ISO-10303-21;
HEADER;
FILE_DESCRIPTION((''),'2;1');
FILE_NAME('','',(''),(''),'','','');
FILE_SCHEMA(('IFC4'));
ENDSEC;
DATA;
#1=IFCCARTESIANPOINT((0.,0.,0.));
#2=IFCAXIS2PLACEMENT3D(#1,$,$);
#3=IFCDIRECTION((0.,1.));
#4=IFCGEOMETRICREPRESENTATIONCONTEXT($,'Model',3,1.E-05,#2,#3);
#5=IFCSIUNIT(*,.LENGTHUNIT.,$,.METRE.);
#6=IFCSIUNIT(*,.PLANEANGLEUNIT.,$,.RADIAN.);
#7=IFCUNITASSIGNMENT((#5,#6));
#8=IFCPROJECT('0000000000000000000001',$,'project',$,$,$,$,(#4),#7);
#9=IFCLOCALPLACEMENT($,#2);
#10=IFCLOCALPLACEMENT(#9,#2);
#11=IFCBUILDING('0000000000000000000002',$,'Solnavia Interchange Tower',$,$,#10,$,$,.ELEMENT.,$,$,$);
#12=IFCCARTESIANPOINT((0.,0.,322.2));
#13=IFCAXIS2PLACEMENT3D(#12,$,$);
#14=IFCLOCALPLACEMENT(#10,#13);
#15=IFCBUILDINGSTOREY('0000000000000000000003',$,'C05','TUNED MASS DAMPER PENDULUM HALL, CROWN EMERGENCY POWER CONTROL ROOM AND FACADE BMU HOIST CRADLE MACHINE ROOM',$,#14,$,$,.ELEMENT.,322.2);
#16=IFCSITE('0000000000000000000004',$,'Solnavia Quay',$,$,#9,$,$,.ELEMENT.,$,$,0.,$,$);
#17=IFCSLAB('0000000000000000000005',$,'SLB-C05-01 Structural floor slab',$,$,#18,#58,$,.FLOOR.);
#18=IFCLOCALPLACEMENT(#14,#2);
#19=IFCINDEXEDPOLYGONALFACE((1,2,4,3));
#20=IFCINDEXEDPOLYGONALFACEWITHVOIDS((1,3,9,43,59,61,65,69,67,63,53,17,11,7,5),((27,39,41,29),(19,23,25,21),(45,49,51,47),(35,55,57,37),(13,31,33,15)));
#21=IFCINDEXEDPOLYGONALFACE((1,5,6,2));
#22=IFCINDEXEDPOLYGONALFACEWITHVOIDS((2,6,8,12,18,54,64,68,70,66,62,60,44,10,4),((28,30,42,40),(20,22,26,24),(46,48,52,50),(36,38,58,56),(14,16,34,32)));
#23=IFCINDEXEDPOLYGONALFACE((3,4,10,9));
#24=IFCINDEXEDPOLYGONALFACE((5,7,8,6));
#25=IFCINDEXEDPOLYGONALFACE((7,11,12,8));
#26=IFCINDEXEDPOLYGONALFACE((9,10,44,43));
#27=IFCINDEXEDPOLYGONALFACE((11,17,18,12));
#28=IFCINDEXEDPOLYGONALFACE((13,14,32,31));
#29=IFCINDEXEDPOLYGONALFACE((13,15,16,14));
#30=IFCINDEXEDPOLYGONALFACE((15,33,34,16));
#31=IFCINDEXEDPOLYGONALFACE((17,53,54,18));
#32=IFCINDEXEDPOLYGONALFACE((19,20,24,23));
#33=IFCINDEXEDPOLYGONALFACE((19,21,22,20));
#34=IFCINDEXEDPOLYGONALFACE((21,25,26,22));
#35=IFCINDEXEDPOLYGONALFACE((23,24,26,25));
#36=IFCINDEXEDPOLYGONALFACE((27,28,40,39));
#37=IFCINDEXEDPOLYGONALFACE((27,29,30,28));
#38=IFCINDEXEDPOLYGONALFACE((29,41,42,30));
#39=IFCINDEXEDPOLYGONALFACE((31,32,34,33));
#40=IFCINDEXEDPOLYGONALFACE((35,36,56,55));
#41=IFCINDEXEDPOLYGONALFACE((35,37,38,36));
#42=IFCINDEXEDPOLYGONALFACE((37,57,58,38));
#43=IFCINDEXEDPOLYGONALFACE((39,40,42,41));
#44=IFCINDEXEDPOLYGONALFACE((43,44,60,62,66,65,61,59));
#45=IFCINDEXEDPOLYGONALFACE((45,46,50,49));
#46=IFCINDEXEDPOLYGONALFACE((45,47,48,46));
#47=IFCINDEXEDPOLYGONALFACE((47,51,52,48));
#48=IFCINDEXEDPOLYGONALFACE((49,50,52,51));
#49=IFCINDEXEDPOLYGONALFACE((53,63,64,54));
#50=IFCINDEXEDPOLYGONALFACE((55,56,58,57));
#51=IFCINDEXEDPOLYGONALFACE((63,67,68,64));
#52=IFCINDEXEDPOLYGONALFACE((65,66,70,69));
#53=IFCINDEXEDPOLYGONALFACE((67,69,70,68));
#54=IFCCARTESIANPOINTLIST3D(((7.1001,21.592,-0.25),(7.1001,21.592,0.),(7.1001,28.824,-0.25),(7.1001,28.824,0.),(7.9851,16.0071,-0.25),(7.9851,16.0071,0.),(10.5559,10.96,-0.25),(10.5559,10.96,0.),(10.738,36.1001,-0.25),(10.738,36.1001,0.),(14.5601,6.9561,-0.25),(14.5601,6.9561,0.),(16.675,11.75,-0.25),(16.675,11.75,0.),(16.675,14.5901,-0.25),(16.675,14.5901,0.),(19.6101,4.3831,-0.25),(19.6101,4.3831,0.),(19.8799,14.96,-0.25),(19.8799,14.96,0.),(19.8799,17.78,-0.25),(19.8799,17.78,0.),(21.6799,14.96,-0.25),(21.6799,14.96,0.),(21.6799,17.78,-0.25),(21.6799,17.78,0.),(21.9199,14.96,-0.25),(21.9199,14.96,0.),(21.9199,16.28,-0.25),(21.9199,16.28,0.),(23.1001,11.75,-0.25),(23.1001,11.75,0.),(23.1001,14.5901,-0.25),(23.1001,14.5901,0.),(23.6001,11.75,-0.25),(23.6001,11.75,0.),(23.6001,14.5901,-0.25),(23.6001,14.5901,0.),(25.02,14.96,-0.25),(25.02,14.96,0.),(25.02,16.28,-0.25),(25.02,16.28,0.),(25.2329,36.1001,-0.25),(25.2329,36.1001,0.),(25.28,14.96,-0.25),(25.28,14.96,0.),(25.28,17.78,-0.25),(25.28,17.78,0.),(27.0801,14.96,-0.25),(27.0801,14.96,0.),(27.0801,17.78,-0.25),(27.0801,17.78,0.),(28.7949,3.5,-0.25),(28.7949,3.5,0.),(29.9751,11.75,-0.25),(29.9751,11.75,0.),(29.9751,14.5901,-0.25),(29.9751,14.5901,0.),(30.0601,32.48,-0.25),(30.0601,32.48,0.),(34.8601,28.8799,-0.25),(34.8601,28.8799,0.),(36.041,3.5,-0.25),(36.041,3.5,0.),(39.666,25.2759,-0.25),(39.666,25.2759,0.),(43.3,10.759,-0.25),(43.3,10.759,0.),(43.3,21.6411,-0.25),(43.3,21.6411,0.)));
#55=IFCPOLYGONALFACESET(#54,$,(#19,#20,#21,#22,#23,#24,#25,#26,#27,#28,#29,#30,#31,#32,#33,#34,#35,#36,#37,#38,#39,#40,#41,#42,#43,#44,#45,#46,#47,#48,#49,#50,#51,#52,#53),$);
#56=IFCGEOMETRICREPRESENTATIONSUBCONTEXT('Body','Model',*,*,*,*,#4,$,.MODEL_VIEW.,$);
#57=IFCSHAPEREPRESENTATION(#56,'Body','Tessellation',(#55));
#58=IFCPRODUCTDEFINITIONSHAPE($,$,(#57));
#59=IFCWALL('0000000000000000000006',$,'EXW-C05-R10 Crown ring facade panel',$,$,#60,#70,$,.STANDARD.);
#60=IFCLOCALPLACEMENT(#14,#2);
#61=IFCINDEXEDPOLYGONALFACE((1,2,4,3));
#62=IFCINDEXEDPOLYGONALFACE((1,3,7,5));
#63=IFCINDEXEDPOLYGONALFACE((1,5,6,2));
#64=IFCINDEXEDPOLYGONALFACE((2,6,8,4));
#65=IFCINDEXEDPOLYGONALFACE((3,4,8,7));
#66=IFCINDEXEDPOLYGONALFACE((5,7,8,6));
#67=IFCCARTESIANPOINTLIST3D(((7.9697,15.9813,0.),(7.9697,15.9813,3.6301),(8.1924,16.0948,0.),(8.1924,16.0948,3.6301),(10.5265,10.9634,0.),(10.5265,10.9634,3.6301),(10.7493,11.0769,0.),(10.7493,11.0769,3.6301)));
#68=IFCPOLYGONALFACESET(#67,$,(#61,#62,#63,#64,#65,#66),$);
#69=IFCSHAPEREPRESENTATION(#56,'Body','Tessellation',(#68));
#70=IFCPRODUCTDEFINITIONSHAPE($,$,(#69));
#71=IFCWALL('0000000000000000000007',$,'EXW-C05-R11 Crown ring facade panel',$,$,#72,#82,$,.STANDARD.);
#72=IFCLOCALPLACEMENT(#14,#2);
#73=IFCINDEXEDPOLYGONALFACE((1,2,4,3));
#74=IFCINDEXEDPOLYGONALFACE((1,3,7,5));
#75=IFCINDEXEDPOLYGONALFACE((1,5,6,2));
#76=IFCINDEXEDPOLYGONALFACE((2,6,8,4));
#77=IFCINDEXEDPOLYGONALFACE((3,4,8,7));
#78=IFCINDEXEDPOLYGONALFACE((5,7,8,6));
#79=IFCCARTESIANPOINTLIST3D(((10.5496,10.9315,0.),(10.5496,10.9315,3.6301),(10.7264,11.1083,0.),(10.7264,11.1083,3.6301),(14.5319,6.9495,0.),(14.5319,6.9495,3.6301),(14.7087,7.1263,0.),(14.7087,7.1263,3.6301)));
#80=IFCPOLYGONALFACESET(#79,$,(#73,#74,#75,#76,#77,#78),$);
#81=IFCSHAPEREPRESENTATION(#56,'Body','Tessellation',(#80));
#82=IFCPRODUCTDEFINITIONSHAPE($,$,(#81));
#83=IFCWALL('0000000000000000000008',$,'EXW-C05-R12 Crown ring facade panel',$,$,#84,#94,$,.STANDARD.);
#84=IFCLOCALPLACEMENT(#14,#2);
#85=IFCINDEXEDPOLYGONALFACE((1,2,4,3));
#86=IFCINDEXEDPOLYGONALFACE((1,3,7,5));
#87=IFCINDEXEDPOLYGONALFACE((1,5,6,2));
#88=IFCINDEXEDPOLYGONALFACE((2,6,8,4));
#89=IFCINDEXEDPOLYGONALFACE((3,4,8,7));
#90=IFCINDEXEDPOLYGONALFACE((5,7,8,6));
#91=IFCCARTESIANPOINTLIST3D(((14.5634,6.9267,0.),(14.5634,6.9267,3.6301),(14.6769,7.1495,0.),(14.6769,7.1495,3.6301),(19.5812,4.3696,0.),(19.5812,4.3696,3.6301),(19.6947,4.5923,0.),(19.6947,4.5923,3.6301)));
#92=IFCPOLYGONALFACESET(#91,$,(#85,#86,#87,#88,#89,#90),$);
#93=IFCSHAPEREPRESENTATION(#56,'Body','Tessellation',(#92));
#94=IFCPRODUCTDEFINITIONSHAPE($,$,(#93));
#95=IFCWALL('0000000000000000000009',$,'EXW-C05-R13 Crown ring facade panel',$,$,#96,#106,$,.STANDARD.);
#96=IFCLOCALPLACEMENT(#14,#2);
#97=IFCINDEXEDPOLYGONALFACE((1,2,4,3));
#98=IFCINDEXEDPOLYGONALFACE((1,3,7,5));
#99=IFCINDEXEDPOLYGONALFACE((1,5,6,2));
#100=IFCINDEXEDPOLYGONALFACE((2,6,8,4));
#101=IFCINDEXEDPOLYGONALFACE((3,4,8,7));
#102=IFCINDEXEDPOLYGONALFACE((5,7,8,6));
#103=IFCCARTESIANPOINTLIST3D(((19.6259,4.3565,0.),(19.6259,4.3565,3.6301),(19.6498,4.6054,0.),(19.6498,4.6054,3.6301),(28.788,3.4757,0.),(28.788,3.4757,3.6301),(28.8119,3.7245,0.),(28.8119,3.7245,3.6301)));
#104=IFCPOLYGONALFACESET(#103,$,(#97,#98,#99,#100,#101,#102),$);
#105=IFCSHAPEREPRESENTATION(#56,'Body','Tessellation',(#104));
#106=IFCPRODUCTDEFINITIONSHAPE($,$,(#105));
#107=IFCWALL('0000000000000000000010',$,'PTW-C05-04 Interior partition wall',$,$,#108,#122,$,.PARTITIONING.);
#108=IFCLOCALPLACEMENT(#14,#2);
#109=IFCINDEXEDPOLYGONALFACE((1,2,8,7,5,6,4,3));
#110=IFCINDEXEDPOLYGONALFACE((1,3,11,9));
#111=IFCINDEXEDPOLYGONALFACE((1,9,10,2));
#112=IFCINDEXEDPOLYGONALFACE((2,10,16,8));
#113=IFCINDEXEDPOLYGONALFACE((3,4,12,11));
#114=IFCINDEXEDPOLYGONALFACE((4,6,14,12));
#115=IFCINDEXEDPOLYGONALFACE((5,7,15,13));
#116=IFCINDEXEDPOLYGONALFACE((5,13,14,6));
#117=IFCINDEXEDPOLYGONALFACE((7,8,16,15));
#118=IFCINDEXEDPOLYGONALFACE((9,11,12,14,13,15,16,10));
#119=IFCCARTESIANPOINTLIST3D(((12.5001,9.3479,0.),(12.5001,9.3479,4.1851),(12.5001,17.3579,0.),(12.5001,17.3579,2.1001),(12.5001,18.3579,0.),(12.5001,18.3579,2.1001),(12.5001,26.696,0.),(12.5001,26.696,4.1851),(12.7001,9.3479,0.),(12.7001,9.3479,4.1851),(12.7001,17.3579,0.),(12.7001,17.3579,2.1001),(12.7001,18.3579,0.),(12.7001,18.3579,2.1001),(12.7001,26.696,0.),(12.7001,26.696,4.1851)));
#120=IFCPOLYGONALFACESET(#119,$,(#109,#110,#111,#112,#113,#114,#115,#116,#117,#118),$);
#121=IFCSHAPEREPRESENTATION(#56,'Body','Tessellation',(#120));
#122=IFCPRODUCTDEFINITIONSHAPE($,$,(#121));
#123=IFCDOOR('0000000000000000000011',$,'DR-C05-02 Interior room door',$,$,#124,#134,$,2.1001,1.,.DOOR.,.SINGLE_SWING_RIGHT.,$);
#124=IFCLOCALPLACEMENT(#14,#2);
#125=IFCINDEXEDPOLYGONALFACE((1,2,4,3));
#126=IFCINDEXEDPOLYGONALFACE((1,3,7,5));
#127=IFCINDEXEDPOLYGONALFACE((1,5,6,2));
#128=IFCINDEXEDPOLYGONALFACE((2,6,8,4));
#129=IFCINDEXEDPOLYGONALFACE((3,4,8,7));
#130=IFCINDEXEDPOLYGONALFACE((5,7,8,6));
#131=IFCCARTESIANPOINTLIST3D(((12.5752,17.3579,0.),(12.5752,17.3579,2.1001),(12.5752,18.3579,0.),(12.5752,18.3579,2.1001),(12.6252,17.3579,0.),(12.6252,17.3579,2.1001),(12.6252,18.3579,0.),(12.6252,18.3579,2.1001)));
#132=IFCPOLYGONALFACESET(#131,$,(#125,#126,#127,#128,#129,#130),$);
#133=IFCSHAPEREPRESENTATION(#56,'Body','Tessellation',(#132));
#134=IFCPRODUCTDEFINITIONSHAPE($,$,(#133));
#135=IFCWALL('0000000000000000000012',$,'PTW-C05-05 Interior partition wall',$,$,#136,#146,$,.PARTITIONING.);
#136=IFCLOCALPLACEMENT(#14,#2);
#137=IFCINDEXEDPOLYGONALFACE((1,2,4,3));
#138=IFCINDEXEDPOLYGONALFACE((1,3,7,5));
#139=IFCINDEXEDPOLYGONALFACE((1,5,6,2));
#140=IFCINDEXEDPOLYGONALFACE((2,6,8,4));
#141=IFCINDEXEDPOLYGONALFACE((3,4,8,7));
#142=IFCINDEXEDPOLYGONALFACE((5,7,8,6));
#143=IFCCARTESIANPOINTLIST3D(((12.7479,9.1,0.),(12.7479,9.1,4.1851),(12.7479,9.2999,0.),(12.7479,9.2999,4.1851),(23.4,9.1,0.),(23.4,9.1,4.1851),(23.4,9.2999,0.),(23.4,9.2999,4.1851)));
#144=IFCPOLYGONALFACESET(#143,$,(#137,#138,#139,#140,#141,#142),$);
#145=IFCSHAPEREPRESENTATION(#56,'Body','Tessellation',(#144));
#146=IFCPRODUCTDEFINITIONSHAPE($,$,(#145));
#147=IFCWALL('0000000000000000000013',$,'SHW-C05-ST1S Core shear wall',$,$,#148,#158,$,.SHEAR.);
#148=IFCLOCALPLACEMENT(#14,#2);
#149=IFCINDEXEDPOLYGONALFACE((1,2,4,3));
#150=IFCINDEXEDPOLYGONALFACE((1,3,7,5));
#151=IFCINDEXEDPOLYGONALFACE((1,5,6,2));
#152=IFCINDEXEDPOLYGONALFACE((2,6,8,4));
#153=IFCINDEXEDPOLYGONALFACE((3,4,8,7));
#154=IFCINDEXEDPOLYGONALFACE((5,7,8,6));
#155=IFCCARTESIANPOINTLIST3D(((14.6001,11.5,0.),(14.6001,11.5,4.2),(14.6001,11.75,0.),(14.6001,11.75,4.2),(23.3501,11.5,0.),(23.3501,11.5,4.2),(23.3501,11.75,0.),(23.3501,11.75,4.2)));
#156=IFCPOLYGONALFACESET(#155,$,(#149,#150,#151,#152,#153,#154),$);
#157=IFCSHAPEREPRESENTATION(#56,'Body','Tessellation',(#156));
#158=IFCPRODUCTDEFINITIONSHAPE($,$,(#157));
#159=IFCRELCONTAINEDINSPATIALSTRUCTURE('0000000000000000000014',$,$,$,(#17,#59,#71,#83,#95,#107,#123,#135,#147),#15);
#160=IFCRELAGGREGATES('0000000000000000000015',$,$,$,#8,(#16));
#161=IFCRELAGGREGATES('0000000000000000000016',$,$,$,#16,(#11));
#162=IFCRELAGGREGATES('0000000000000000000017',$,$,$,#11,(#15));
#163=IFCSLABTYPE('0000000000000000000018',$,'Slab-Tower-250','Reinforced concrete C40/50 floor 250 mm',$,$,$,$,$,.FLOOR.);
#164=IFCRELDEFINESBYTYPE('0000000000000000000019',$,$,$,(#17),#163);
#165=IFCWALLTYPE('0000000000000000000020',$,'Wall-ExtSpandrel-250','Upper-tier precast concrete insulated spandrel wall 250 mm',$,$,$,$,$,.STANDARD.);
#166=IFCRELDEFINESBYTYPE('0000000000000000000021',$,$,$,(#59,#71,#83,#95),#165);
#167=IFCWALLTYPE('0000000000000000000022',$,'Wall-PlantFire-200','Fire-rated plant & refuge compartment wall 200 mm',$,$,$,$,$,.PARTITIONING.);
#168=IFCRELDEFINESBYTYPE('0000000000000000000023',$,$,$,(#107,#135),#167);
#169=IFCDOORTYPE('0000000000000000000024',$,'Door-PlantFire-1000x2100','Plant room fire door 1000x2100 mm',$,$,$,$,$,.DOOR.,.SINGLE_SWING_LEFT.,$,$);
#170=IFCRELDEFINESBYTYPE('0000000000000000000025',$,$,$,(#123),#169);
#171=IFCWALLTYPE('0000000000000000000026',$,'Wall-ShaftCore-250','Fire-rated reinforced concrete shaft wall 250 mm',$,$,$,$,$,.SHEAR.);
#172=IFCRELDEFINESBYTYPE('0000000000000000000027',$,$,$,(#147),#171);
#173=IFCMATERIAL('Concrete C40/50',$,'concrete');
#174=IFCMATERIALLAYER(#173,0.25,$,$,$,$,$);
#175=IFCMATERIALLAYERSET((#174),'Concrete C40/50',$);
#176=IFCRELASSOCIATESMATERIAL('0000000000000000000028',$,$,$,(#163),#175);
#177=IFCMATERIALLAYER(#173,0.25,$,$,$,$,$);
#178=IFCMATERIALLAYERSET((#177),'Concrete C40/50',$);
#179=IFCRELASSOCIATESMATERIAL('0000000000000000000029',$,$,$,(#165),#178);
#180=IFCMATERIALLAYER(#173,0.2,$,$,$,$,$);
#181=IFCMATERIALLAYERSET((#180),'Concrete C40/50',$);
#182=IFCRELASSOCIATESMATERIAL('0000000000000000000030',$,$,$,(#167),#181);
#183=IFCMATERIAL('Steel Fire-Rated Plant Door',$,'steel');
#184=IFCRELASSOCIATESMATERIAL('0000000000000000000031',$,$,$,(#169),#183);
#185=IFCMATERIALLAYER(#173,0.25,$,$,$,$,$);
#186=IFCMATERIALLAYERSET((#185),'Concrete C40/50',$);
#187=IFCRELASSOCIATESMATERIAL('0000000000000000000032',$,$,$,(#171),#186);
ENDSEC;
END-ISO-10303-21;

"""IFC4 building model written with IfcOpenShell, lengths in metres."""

from ifc_helpers import new_model, si_unit, direction, frame, frame_2d, origin, place, context, subcontext, project, spatial, polyline, rectangle, outline, extrude, material, layer, layer_set, type_object, element, fill, save


model = new_model("IFC4")

# Units and contexts
model_context = context("Model", 3, precision=1e-05, world=origin(), true_north=direction((0.0, 1.0)))
body_context = subcontext(model_context, "Body", "Model", "MODEL_VIEW")
ifc_project = project(units=[si_unit("LENGTHUNIT", "METRE"), si_unit("PLANEANGLEUNIT", "RADIAN")], contexts=[model_context])

# Site, building, storey
site_placement = place(None, origin())
site = spatial("IfcSite", under=ifc_project, at=site_placement, Name="Solnavia Quay", CompositionType="ELEMENT", RefElevation=0.0)
building_placement = place(site_placement, origin())
building = spatial("IfcBuilding", under=site, at=building_placement, Name="Solnavia Interchange Tower", CompositionType="ELEMENT")
storey_placement = place(building_placement, frame((0.0, 0.0, 322.2)))
storey = spatial("IfcBuildingStorey", under=building, at=storey_placement, Name="C05", Description="TUNED MASS DAMPER PENDULUM HALL, CROWN EMERGENCY POWER CONTROL ROOM AND FACADE BMU HOIST CRADLE MACHINE ROOM", CompositionType="ELEMENT", Elevation=322.2)

# Slab
ifc_material_1 = material(Name="Concrete C40/50", Category="concrete")
ifc_layer_1 = layer(ifc_material_1, 0.25)
ifc_layer_set_1 = layer_set([ifc_layer_1], Name="Concrete C40/50")
slab_type = type_object("IfcSlabType", Name="Slab-Tower-250", Description="Reinforced concrete C40/50 floor 250 mm", PredefinedType="FLOOR", material=ifc_layer_set_1)
slab_placement = place(storey_placement, frame((0.0, 0.0, -0.25)))
element("IfcSlab", 1, at=slab_placement, inside=storey, type_object=slab_type, Name="SLB-C05-01 Structural floor slab", PredefinedType="FLOOR", context=body_context, shape_type="SweptSolid", body=[
    extrude(outline(polyline([(43.3, 21.6411), (43.3, 10.759), (36.041, 3.5), (28.7949, 3.5), (19.6101, 4.3831), (14.5601, 6.9561), (10.5559, 10.96), (7.9851, 16.0071), (7.1001, 21.592), (7.1001, 28.824), (10.738, 36.1001), (25.2329, 36.1001), (30.0601, 32.48), (34.8601, 28.8799), (39.666, 25.2759), (43.3, 21.6411)]), holes=[polyline([(16.675, 11.75), (23.1001, 11.75), (23.1001, 14.5901), (16.675, 14.5901), (16.675, 11.75)]), polyline([(23.6001, 11.75), (29.9751, 11.75), (29.9751, 14.5901), (23.6001, 14.5901), (23.6001, 11.75)]), polyline([(19.8799, 14.96), (21.6799, 14.96), (21.6799, 17.78), (19.8799, 17.78), (19.8799, 14.96)]), polyline([(25.28, 14.96), (27.0801, 14.96), (27.0801, 17.78), (25.28, 17.78), (25.28, 14.96)]), polyline([(21.9199, 14.96), (25.02, 14.96), (25.02, 16.28), (21.9199, 16.28), (21.9199, 14.96)])]), origin(), (0.0, 0.0, 1.0), 0.25),
])

# Walls
ifc_layer_2 = layer(ifc_material_1, 0.25)
ifc_layer_set_2 = layer_set([ifc_layer_2], Name="Concrete C40/50")
wall_type_1 = type_object("IfcWallType", Name="Wall-ExtSpandrel-250", Description="Upper-tier precast concrete insulated spandrel wall 250 mm", PredefinedType="STANDARD", material=ifc_layer_set_2)
wall_1_placement = place(storey_placement, frame((8.0811, 16.0381, 0.0), z_axis=(0.0, 0.0, 1.0), x_axis=(0.453998, -0.891003, 0.0)))
element("IfcWall", 2, at=wall_1_placement, inside=storey, type_object=wall_type_1, Name="EXW-C05-R10 Crown ring facade panel", PredefinedType="STANDARD", context=body_context, shape_type="SweptSolid", body=[
    extrude(rectangle(XDim=5.6318, YDim=0.25, at=frame_2d((2.8159, 0.0))), origin(), (0.0, 0.0, 1.0), 3.6301),
])
wall_2_placement = place(storey_placement, frame((10.6379, 11.02, 0.0), z_axis=(0.0, 0.0, 1.0), x_axis=(0.707128, -0.707085, 0.0)))
element("IfcWall", 3, at=wall_2_placement, inside=storey, type_object=wall_type_1, Name="EXW-C05-R11 Crown ring facade panel", PredefinedType="STANDARD", context=body_context, shape_type="SweptSolid", body=[
    extrude(rectangle(XDim=5.6316, YDim=0.25, at=frame_2d((2.8159, 0.0))), origin(), (0.0, 0.0, 1.0), 3.6301),
])
wall_3_placement = place(storey_placement, frame((14.6201, 7.0381, 0.0), z_axis=(0.0, 0.0, 1.0), x_axis=(0.890976, -0.45405, 0.0)))
element("IfcWall", 4, at=wall_3_placement, inside=storey, type_object=wall_type_1, Name="EXW-C05-R12 Crown ring facade panel", PredefinedType="STANDARD", context=body_context, shape_type="SweptSolid", body=[
    extrude(rectangle(XDim=5.6318, YDim=0.25, at=frame_2d((2.8159, 0.0))), origin(), (0.0, 0.0, 1.0), 3.6301),
])
wall_4_placement = place(storey_placement, frame((19.6379, 4.481, 0.0), z_axis=(0.0, 0.0, 1.0), x_axis=(0.99541, -0.0957, 0.0)))
element("IfcWall", 5, at=wall_4_placement, inside=storey, type_object=wall_type_1, Name="EXW-C05-R13 Crown ring facade panel", PredefinedType="STANDARD", context=body_context, shape_type="SweptSolid", body=[
    extrude(rectangle(XDim=9.2043, YDim=0.25, at=frame_2d((4.6021, 0.0))), origin(), (0.0, 0.0, 1.0), 3.6301),
])

# Wall, opening, door
ifc_layer_3 = layer(ifc_material_1, 0.2)
ifc_layer_set_3 = layer_set([ifc_layer_3], Name="Concrete C40/50")
wall_type_2 = type_object("IfcWallType", Name="Wall-PlantFire-200", Description="Fire-rated plant & refuge compartment wall 200 mm", PredefinedType="PARTITIONING", material=ifc_layer_set_3)
wall_5_placement = place(storey_placement, frame((12.6001, 9.3479, 0.0), z_axis=(0.0, 0.0, 1.0), x_axis=(0.0, 1.0, 0.0)))
wall_5 = element("IfcWall", 6, at=wall_5_placement, inside=storey, type_object=wall_type_2, Name="PTW-C05-04 Interior partition wall", PredefinedType="PARTITIONING", context=body_context, shape_type="SweptSolid", body=[
    extrude(rectangle(XDim=17.3481, YDim=0.2, at=frame_2d((8.6741, 0.0))), origin(), (0.0, 0.0, 1.0), 4.1851),
])
opening_1_placement = place(wall_5_placement, frame((8.01, 0.0, 0.0)))
opening_1 = element("IfcOpeningElement", 7, at=opening_1_placement, cuts=wall_5, PredefinedType="OPENING", context=body_context, shape_type="SweptSolid", body=[
    extrude(rectangle(XDim=1.0, YDim=2.1001, at=frame_2d((0.5, 1.05))), frame((0.0, 0.1099, 0.0), z_axis=(0.0, -1.0, 0.0), x_axis=(1.0, 0.0, 0.0)), (0.0, 0.0, 1.0), 0.22),
])
ifc_material_2 = material(Name="Steel Fire-Rated Plant Door", Category="steel")
door_type_1 = type_object("IfcDoorType", Name="Door-PlantFire-1000x2100", Description="Plant room fire door 1000x2100 mm", OperationType="SINGLE_SWING_LEFT", PredefinedType="DOOR", material=ifc_material_2)
door_1_placement = place(opening_1_placement, origin())
door_1 = element("IfcDoor", 8, at=door_1_placement, inside=storey, type_object=door_type_1, Name="DR-C05-02 Interior room door", OperationType="SINGLE_SWING_RIGHT", OverallHeight=2.1001, OverallWidth=1.0, PredefinedType="DOOR", context=body_context, shape_type="SweptSolid", body=[
    extrude(rectangle(XDim=1.0, YDim=2.1001, at=frame_2d((0.5, 1.05))), frame((0.0, 0.0249, 0.0), z_axis=(0.0, -1.0, 0.0), x_axis=(1.0, 0.0, 0.0)), (0.0, 0.0, 1.0), 0.05),
])
fill(opening_1, door_1)

# Walls
wall_6_placement = place(storey_placement, frame((12.7478, 9.2, 0.0), z_axis=(0.0, 0.0, 1.0), x_axis=(1.0, 0.0, 0.0)))
element("IfcWall", 9, at=wall_6_placement, inside=storey, type_object=wall_type_2, Name="PTW-C05-05 Interior partition wall", PredefinedType="PARTITIONING", context=body_context, shape_type="SweptSolid", body=[
    extrude(rectangle(XDim=10.6521, YDim=0.2, at=frame_2d((5.3262, 0.0))), origin(), (0.0, 0.0, 1.0), 4.1851),
])
ifc_layer_4 = layer(ifc_material_1, 0.25)
ifc_layer_set_4 = layer_set([ifc_layer_4], Name="Concrete C40/50")
wall_type_3 = type_object("IfcWallType", Name="Wall-ShaftCore-250", Description="Fire-rated reinforced concrete shaft wall 250 mm", PredefinedType="SHEAR", material=ifc_layer_set_4)
wall_7_placement = place(storey_placement, frame((14.6001, 11.625, 0.0), z_axis=(0.0, 0.0, 1.0), x_axis=(1.0, 0.0, 0.0)))
element("IfcWall", 10, at=wall_7_placement, inside=storey, type_object=wall_type_3, Name="SHW-C05-ST1S Core shear wall", PredefinedType="SHEAR", context=body_context, shape_type="SweptSolid", body=[
    extrude(rectangle(XDim=8.75, YDim=0.25, at=frame_2d((4.375, 0.0))), origin(), (0.0, 0.0, 1.0), 4.2),
])

save(model, "model.ifc")
